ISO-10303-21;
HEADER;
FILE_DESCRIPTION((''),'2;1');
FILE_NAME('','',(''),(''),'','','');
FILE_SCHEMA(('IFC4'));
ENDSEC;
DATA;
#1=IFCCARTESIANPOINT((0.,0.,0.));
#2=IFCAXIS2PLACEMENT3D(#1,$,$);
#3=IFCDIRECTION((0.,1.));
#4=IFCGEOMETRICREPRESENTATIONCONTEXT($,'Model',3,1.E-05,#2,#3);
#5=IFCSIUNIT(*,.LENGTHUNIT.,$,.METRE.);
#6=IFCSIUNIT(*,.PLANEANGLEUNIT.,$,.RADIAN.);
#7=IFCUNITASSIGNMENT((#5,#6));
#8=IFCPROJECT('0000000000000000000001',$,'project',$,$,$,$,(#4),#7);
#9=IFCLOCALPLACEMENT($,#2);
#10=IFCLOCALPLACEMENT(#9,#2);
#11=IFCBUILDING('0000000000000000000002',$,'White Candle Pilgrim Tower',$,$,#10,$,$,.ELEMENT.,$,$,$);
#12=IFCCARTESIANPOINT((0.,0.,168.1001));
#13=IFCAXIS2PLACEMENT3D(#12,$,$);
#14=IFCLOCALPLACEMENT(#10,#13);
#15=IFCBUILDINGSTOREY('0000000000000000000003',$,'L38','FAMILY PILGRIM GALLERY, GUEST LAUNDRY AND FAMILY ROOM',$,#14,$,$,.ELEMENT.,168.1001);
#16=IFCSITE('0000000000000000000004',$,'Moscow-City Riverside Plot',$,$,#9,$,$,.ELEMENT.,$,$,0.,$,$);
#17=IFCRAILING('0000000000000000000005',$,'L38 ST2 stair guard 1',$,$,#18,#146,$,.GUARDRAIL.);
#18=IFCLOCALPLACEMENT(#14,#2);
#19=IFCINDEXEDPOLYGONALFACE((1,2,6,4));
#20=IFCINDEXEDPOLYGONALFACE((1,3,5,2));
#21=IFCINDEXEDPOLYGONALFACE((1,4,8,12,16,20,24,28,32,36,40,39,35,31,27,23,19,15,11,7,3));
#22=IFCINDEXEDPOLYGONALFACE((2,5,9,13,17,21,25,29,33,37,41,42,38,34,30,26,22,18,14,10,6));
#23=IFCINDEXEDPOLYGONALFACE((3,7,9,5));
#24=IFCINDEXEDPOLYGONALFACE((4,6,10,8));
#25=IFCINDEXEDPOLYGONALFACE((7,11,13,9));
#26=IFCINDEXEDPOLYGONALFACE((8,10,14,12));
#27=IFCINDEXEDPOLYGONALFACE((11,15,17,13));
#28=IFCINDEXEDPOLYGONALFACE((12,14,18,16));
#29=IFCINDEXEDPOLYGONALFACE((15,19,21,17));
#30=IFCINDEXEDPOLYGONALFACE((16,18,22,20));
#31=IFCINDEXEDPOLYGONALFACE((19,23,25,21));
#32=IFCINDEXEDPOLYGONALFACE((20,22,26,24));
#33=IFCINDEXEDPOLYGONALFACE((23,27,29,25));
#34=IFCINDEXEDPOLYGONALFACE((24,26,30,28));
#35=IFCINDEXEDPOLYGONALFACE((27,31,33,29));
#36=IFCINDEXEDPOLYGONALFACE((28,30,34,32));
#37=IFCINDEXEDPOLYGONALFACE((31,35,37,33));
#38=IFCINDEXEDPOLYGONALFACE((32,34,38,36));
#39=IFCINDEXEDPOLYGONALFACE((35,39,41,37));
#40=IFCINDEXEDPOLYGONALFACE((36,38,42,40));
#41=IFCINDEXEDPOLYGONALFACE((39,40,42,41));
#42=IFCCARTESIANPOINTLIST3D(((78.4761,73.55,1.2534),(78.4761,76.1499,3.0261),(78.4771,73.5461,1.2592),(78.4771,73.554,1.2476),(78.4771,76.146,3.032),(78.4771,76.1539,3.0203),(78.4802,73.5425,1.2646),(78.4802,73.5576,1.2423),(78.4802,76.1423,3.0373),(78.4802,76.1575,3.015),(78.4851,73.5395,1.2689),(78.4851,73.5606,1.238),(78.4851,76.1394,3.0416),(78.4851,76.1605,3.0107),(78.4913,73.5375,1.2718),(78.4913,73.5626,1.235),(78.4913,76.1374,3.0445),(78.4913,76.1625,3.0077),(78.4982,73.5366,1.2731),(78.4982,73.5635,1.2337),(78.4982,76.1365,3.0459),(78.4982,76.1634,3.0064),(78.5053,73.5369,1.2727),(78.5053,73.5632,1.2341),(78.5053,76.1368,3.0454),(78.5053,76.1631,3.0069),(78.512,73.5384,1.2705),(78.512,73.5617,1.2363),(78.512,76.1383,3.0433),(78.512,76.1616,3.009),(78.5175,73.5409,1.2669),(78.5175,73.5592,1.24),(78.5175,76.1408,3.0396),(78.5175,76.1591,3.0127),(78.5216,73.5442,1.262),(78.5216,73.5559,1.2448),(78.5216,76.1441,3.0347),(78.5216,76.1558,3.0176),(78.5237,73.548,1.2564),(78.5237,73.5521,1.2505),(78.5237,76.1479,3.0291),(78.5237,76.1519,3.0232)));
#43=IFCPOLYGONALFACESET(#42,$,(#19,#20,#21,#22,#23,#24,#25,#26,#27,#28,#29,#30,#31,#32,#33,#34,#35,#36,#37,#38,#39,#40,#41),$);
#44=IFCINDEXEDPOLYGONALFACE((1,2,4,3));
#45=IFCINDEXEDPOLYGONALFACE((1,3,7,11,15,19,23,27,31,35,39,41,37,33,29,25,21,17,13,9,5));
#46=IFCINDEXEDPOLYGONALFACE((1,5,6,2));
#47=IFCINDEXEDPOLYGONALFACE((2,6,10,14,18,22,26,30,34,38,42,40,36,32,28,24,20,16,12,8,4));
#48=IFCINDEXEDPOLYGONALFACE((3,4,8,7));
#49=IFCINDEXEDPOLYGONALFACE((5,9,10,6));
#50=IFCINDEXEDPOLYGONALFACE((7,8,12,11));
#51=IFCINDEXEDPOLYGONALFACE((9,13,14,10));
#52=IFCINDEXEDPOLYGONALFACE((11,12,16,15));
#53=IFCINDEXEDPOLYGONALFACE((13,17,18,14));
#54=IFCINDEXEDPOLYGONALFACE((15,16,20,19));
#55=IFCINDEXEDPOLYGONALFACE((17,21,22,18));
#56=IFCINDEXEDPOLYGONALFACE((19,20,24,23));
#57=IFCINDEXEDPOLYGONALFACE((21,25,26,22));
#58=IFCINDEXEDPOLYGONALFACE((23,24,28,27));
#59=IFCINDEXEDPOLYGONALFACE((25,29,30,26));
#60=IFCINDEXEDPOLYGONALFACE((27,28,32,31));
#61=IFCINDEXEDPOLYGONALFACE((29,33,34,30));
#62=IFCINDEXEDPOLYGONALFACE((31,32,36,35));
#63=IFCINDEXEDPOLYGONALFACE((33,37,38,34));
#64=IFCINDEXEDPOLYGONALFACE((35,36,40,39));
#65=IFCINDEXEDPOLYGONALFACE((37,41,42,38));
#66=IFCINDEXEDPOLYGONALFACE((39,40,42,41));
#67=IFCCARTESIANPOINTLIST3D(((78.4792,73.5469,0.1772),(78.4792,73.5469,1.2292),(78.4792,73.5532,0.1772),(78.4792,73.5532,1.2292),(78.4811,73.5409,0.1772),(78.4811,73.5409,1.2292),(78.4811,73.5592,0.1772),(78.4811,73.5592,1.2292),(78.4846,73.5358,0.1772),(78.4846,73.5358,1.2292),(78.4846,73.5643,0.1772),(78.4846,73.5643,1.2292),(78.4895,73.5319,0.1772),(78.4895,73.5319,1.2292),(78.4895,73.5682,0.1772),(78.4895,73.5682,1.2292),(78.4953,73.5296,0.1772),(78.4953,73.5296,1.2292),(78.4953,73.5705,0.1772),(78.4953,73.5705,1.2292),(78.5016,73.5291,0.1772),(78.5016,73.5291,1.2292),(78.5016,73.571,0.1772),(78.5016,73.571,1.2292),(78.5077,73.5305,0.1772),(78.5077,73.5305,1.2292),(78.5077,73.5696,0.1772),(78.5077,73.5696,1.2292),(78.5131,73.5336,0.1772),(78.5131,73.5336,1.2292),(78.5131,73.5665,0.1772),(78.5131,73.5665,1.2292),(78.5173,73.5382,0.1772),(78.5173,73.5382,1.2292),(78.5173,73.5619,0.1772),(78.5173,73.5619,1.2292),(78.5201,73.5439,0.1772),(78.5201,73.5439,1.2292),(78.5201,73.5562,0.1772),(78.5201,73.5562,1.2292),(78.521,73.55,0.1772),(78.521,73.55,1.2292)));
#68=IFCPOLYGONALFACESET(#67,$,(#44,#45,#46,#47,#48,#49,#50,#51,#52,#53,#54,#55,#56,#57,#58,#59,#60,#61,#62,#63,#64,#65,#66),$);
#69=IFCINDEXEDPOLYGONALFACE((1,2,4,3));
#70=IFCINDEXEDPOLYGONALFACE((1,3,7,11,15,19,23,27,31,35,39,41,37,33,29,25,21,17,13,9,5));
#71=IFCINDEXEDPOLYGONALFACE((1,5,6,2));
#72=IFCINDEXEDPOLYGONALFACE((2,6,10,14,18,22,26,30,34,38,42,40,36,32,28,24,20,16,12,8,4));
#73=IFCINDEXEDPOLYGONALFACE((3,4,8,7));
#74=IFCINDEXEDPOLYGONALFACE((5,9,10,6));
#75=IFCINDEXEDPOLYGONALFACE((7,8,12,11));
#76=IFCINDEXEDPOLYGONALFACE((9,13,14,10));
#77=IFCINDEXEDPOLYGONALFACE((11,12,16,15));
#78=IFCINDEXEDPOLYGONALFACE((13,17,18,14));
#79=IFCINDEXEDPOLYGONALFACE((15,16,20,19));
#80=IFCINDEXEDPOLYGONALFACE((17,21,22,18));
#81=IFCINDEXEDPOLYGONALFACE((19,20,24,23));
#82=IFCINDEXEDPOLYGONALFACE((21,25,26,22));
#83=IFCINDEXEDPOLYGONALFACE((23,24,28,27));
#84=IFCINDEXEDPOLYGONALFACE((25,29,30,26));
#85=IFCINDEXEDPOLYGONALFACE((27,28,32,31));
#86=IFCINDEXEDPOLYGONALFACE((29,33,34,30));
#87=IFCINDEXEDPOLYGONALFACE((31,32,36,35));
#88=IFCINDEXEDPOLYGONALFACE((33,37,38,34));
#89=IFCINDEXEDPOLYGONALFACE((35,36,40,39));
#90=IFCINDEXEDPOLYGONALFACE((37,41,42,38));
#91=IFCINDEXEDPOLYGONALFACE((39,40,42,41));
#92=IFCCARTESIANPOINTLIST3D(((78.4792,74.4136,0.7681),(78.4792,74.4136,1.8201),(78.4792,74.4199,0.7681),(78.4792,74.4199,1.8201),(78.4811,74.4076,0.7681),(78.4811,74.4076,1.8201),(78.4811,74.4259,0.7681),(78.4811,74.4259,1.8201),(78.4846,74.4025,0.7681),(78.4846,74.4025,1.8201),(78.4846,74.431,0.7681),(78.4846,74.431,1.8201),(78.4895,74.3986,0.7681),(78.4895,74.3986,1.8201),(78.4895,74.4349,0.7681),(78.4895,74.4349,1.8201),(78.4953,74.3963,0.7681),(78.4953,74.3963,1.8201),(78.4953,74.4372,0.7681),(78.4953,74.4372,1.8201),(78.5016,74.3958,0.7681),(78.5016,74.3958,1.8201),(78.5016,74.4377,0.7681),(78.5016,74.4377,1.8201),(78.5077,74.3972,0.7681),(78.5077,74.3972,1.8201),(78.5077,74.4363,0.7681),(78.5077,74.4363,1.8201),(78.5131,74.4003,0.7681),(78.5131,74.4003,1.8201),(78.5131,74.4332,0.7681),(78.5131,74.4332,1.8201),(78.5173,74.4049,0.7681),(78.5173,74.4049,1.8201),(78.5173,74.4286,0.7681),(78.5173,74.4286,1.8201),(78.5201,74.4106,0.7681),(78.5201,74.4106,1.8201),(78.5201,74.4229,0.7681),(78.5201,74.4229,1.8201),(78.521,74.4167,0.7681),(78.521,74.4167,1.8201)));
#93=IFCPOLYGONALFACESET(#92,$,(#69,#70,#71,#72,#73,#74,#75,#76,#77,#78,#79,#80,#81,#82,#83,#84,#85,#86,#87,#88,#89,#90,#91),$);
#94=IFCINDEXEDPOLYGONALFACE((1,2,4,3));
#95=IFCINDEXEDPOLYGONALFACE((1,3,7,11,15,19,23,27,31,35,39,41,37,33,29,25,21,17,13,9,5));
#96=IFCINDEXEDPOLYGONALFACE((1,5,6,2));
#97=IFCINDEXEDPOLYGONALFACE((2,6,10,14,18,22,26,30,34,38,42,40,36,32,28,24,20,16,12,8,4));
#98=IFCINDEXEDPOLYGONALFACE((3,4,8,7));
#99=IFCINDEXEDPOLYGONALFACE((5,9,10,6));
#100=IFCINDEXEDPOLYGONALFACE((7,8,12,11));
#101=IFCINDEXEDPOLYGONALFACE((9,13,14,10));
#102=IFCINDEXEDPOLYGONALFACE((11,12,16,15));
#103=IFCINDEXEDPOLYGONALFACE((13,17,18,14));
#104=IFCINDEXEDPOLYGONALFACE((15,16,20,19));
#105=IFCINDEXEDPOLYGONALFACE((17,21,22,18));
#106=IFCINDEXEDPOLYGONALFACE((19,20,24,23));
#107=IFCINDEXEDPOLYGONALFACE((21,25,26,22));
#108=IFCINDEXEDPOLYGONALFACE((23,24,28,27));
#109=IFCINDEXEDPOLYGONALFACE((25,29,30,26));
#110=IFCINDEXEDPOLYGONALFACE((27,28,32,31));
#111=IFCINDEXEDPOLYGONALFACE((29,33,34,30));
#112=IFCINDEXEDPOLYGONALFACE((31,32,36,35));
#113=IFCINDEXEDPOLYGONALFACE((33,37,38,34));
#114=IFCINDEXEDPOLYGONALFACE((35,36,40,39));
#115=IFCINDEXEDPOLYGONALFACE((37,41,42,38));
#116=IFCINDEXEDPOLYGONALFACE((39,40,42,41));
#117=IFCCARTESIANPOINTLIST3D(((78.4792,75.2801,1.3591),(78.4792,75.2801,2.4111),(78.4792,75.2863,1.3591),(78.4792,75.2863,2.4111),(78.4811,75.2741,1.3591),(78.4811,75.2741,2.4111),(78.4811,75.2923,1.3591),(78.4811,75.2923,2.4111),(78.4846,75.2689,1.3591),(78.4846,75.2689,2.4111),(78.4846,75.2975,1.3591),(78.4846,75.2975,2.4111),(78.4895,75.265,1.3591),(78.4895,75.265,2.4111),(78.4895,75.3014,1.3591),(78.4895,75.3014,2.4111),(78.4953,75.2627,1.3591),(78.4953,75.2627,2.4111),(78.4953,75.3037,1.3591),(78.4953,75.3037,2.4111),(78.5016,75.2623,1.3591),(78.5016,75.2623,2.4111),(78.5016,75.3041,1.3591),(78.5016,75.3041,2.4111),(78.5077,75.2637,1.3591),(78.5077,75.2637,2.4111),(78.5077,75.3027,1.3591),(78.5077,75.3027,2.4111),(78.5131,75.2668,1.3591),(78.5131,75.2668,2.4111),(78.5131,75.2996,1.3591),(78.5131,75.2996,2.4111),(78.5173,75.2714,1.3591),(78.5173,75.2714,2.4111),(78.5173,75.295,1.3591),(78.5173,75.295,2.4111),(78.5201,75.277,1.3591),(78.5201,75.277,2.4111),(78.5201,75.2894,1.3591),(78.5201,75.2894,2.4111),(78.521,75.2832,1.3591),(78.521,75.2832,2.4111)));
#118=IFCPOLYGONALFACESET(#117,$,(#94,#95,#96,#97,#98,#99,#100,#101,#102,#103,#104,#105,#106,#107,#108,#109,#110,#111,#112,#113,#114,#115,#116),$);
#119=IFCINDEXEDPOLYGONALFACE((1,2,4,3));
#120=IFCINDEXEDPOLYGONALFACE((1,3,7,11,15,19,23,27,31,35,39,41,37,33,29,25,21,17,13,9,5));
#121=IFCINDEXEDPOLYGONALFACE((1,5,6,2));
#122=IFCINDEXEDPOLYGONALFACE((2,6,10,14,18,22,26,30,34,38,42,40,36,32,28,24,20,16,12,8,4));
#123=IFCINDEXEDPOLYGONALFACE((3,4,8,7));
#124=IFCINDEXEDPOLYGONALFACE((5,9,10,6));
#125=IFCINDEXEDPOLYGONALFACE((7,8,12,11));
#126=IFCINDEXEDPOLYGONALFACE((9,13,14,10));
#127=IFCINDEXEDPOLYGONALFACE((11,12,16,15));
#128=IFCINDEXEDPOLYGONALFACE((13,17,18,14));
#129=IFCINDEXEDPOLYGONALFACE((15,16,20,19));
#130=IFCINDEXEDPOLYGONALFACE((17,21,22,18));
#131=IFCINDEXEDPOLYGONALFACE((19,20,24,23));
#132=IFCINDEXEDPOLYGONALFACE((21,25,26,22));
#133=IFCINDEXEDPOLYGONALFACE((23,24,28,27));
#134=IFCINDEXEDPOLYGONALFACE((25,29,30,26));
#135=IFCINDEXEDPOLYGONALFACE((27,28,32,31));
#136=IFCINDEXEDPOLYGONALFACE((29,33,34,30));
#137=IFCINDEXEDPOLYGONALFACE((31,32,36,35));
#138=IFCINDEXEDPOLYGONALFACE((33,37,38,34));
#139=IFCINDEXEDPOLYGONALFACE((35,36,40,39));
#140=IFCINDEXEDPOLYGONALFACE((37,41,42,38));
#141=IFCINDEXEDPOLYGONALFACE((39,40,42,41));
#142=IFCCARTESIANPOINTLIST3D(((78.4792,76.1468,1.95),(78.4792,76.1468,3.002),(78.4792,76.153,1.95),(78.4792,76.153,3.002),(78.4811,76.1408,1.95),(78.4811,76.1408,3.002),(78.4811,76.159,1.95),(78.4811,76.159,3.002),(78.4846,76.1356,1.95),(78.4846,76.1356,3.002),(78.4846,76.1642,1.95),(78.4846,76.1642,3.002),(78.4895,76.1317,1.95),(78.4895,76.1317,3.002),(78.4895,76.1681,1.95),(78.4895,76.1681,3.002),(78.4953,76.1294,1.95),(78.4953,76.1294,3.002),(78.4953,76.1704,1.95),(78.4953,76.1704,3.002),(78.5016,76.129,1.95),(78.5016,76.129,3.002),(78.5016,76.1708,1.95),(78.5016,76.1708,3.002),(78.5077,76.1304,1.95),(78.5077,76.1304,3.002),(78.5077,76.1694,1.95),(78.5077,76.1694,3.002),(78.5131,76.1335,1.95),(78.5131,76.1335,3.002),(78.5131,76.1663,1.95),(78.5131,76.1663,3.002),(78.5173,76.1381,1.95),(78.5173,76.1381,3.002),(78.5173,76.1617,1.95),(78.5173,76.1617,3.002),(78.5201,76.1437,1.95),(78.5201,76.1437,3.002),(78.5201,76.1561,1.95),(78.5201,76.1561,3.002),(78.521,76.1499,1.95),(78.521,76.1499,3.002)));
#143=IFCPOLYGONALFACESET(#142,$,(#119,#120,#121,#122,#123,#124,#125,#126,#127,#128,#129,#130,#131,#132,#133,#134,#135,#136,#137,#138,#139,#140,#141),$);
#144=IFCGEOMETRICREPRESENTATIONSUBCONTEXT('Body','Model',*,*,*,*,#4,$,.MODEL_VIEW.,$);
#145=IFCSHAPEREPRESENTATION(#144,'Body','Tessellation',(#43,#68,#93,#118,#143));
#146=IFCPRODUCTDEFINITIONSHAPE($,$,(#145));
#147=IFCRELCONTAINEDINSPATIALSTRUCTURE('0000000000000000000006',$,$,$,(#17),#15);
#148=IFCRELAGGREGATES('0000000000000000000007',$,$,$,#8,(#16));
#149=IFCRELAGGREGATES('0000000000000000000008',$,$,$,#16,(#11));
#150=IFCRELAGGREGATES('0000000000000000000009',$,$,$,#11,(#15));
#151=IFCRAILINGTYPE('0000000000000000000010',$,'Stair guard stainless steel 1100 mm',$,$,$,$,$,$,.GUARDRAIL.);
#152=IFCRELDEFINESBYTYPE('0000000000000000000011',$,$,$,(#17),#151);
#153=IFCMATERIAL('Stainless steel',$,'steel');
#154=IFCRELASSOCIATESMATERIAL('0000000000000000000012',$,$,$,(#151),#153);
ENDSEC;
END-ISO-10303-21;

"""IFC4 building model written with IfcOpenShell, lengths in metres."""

from ifc_helpers import new_model, si_unit, direction, frame, origin, origin_2d, place, context, subcontext, project, spatial, circle, extrude, material, type_object, element, save


model = new_model("IFC4")

# Units and contexts
model_context = context("Model", 3, precision=1e-05, world=origin(), true_north=direction((0.0, 1.0)))
body_context = subcontext(model_context, "Body", "Model", "MODEL_VIEW")
ifc_project = project(units=[si_unit("LENGTHUNIT", "METRE"), si_unit("PLANEANGLEUNIT", "RADIAN")], contexts=[model_context])

# Site, building, storey
site_placement = place(None, origin())
site = spatial("IfcSite", under=ifc_project, at=site_placement, Name="Moscow-City Riverside Plot", CompositionType="ELEMENT", RefElevation=0.0)
building_placement = place(site_placement, origin())
building = spatial("IfcBuilding", under=site, at=building_placement, Name="White Candle Pilgrim Tower", CompositionType="ELEMENT")
storey_placement = place(building_placement, frame((0.0, 0.0, 168.1001)))
storey = spatial("IfcBuildingStorey", under=building, at=storey_placement, Name="L38", Description="FAMILY PILGRIM GALLERY, GUEST LAUNDRY AND FAMILY ROOM", CompositionType="ELEMENT", Elevation=168.1001)

# Railing
ifc_material_1 = material(Name="Stainless steel", Category="steel")
railing_type_1 = type_object("IfcRailingType", Name="Stair guard stainless steel 1100 mm", PredefinedType="GUARDRAIL", material=ifc_material_1)
railing_1_placement = place(storey_placement, frame((78.5, 73.55, 0.1772)))
element("IfcRailing", 1, at=railing_1_placement, inside=storey, type_object=railing_type_1, Name="L38 ST2 stair guard 1", PredefinedType="GUARDRAIL", context=body_context, shape_type="SweptSolid", body=[
    extrude(circle(Radius=0.0239, at=origin_2d()), frame((0.0, 0.0, 1.0762), z_axis=(0.0, 0.826216, 0.563354), x_axis=(-1.0, 0.0, 0.0)), (0.0, 0.0, 1.0), 3.1467),
    extrude(circle(Radius=0.021, at=origin_2d()), origin(), (0.0, 0.0, 1.0), 1.052),
    extrude(circle(Radius=0.021, at=origin_2d()), frame((0.0, 0.8667, 0.5908)), (0.0, 0.0, 1.0), 1.052),
    extrude(circle(Radius=0.021, at=origin_2d()), frame((0.0, 1.7332, 1.1819)), (0.0, 0.0, 1.0), 1.052),
    extrude(circle(Radius=0.021, at=origin_2d()), frame((0.0, 2.5999, 1.7727)), (0.0, 0.0, 1.0), 1.052),
])

save(model, "model.ifc")
